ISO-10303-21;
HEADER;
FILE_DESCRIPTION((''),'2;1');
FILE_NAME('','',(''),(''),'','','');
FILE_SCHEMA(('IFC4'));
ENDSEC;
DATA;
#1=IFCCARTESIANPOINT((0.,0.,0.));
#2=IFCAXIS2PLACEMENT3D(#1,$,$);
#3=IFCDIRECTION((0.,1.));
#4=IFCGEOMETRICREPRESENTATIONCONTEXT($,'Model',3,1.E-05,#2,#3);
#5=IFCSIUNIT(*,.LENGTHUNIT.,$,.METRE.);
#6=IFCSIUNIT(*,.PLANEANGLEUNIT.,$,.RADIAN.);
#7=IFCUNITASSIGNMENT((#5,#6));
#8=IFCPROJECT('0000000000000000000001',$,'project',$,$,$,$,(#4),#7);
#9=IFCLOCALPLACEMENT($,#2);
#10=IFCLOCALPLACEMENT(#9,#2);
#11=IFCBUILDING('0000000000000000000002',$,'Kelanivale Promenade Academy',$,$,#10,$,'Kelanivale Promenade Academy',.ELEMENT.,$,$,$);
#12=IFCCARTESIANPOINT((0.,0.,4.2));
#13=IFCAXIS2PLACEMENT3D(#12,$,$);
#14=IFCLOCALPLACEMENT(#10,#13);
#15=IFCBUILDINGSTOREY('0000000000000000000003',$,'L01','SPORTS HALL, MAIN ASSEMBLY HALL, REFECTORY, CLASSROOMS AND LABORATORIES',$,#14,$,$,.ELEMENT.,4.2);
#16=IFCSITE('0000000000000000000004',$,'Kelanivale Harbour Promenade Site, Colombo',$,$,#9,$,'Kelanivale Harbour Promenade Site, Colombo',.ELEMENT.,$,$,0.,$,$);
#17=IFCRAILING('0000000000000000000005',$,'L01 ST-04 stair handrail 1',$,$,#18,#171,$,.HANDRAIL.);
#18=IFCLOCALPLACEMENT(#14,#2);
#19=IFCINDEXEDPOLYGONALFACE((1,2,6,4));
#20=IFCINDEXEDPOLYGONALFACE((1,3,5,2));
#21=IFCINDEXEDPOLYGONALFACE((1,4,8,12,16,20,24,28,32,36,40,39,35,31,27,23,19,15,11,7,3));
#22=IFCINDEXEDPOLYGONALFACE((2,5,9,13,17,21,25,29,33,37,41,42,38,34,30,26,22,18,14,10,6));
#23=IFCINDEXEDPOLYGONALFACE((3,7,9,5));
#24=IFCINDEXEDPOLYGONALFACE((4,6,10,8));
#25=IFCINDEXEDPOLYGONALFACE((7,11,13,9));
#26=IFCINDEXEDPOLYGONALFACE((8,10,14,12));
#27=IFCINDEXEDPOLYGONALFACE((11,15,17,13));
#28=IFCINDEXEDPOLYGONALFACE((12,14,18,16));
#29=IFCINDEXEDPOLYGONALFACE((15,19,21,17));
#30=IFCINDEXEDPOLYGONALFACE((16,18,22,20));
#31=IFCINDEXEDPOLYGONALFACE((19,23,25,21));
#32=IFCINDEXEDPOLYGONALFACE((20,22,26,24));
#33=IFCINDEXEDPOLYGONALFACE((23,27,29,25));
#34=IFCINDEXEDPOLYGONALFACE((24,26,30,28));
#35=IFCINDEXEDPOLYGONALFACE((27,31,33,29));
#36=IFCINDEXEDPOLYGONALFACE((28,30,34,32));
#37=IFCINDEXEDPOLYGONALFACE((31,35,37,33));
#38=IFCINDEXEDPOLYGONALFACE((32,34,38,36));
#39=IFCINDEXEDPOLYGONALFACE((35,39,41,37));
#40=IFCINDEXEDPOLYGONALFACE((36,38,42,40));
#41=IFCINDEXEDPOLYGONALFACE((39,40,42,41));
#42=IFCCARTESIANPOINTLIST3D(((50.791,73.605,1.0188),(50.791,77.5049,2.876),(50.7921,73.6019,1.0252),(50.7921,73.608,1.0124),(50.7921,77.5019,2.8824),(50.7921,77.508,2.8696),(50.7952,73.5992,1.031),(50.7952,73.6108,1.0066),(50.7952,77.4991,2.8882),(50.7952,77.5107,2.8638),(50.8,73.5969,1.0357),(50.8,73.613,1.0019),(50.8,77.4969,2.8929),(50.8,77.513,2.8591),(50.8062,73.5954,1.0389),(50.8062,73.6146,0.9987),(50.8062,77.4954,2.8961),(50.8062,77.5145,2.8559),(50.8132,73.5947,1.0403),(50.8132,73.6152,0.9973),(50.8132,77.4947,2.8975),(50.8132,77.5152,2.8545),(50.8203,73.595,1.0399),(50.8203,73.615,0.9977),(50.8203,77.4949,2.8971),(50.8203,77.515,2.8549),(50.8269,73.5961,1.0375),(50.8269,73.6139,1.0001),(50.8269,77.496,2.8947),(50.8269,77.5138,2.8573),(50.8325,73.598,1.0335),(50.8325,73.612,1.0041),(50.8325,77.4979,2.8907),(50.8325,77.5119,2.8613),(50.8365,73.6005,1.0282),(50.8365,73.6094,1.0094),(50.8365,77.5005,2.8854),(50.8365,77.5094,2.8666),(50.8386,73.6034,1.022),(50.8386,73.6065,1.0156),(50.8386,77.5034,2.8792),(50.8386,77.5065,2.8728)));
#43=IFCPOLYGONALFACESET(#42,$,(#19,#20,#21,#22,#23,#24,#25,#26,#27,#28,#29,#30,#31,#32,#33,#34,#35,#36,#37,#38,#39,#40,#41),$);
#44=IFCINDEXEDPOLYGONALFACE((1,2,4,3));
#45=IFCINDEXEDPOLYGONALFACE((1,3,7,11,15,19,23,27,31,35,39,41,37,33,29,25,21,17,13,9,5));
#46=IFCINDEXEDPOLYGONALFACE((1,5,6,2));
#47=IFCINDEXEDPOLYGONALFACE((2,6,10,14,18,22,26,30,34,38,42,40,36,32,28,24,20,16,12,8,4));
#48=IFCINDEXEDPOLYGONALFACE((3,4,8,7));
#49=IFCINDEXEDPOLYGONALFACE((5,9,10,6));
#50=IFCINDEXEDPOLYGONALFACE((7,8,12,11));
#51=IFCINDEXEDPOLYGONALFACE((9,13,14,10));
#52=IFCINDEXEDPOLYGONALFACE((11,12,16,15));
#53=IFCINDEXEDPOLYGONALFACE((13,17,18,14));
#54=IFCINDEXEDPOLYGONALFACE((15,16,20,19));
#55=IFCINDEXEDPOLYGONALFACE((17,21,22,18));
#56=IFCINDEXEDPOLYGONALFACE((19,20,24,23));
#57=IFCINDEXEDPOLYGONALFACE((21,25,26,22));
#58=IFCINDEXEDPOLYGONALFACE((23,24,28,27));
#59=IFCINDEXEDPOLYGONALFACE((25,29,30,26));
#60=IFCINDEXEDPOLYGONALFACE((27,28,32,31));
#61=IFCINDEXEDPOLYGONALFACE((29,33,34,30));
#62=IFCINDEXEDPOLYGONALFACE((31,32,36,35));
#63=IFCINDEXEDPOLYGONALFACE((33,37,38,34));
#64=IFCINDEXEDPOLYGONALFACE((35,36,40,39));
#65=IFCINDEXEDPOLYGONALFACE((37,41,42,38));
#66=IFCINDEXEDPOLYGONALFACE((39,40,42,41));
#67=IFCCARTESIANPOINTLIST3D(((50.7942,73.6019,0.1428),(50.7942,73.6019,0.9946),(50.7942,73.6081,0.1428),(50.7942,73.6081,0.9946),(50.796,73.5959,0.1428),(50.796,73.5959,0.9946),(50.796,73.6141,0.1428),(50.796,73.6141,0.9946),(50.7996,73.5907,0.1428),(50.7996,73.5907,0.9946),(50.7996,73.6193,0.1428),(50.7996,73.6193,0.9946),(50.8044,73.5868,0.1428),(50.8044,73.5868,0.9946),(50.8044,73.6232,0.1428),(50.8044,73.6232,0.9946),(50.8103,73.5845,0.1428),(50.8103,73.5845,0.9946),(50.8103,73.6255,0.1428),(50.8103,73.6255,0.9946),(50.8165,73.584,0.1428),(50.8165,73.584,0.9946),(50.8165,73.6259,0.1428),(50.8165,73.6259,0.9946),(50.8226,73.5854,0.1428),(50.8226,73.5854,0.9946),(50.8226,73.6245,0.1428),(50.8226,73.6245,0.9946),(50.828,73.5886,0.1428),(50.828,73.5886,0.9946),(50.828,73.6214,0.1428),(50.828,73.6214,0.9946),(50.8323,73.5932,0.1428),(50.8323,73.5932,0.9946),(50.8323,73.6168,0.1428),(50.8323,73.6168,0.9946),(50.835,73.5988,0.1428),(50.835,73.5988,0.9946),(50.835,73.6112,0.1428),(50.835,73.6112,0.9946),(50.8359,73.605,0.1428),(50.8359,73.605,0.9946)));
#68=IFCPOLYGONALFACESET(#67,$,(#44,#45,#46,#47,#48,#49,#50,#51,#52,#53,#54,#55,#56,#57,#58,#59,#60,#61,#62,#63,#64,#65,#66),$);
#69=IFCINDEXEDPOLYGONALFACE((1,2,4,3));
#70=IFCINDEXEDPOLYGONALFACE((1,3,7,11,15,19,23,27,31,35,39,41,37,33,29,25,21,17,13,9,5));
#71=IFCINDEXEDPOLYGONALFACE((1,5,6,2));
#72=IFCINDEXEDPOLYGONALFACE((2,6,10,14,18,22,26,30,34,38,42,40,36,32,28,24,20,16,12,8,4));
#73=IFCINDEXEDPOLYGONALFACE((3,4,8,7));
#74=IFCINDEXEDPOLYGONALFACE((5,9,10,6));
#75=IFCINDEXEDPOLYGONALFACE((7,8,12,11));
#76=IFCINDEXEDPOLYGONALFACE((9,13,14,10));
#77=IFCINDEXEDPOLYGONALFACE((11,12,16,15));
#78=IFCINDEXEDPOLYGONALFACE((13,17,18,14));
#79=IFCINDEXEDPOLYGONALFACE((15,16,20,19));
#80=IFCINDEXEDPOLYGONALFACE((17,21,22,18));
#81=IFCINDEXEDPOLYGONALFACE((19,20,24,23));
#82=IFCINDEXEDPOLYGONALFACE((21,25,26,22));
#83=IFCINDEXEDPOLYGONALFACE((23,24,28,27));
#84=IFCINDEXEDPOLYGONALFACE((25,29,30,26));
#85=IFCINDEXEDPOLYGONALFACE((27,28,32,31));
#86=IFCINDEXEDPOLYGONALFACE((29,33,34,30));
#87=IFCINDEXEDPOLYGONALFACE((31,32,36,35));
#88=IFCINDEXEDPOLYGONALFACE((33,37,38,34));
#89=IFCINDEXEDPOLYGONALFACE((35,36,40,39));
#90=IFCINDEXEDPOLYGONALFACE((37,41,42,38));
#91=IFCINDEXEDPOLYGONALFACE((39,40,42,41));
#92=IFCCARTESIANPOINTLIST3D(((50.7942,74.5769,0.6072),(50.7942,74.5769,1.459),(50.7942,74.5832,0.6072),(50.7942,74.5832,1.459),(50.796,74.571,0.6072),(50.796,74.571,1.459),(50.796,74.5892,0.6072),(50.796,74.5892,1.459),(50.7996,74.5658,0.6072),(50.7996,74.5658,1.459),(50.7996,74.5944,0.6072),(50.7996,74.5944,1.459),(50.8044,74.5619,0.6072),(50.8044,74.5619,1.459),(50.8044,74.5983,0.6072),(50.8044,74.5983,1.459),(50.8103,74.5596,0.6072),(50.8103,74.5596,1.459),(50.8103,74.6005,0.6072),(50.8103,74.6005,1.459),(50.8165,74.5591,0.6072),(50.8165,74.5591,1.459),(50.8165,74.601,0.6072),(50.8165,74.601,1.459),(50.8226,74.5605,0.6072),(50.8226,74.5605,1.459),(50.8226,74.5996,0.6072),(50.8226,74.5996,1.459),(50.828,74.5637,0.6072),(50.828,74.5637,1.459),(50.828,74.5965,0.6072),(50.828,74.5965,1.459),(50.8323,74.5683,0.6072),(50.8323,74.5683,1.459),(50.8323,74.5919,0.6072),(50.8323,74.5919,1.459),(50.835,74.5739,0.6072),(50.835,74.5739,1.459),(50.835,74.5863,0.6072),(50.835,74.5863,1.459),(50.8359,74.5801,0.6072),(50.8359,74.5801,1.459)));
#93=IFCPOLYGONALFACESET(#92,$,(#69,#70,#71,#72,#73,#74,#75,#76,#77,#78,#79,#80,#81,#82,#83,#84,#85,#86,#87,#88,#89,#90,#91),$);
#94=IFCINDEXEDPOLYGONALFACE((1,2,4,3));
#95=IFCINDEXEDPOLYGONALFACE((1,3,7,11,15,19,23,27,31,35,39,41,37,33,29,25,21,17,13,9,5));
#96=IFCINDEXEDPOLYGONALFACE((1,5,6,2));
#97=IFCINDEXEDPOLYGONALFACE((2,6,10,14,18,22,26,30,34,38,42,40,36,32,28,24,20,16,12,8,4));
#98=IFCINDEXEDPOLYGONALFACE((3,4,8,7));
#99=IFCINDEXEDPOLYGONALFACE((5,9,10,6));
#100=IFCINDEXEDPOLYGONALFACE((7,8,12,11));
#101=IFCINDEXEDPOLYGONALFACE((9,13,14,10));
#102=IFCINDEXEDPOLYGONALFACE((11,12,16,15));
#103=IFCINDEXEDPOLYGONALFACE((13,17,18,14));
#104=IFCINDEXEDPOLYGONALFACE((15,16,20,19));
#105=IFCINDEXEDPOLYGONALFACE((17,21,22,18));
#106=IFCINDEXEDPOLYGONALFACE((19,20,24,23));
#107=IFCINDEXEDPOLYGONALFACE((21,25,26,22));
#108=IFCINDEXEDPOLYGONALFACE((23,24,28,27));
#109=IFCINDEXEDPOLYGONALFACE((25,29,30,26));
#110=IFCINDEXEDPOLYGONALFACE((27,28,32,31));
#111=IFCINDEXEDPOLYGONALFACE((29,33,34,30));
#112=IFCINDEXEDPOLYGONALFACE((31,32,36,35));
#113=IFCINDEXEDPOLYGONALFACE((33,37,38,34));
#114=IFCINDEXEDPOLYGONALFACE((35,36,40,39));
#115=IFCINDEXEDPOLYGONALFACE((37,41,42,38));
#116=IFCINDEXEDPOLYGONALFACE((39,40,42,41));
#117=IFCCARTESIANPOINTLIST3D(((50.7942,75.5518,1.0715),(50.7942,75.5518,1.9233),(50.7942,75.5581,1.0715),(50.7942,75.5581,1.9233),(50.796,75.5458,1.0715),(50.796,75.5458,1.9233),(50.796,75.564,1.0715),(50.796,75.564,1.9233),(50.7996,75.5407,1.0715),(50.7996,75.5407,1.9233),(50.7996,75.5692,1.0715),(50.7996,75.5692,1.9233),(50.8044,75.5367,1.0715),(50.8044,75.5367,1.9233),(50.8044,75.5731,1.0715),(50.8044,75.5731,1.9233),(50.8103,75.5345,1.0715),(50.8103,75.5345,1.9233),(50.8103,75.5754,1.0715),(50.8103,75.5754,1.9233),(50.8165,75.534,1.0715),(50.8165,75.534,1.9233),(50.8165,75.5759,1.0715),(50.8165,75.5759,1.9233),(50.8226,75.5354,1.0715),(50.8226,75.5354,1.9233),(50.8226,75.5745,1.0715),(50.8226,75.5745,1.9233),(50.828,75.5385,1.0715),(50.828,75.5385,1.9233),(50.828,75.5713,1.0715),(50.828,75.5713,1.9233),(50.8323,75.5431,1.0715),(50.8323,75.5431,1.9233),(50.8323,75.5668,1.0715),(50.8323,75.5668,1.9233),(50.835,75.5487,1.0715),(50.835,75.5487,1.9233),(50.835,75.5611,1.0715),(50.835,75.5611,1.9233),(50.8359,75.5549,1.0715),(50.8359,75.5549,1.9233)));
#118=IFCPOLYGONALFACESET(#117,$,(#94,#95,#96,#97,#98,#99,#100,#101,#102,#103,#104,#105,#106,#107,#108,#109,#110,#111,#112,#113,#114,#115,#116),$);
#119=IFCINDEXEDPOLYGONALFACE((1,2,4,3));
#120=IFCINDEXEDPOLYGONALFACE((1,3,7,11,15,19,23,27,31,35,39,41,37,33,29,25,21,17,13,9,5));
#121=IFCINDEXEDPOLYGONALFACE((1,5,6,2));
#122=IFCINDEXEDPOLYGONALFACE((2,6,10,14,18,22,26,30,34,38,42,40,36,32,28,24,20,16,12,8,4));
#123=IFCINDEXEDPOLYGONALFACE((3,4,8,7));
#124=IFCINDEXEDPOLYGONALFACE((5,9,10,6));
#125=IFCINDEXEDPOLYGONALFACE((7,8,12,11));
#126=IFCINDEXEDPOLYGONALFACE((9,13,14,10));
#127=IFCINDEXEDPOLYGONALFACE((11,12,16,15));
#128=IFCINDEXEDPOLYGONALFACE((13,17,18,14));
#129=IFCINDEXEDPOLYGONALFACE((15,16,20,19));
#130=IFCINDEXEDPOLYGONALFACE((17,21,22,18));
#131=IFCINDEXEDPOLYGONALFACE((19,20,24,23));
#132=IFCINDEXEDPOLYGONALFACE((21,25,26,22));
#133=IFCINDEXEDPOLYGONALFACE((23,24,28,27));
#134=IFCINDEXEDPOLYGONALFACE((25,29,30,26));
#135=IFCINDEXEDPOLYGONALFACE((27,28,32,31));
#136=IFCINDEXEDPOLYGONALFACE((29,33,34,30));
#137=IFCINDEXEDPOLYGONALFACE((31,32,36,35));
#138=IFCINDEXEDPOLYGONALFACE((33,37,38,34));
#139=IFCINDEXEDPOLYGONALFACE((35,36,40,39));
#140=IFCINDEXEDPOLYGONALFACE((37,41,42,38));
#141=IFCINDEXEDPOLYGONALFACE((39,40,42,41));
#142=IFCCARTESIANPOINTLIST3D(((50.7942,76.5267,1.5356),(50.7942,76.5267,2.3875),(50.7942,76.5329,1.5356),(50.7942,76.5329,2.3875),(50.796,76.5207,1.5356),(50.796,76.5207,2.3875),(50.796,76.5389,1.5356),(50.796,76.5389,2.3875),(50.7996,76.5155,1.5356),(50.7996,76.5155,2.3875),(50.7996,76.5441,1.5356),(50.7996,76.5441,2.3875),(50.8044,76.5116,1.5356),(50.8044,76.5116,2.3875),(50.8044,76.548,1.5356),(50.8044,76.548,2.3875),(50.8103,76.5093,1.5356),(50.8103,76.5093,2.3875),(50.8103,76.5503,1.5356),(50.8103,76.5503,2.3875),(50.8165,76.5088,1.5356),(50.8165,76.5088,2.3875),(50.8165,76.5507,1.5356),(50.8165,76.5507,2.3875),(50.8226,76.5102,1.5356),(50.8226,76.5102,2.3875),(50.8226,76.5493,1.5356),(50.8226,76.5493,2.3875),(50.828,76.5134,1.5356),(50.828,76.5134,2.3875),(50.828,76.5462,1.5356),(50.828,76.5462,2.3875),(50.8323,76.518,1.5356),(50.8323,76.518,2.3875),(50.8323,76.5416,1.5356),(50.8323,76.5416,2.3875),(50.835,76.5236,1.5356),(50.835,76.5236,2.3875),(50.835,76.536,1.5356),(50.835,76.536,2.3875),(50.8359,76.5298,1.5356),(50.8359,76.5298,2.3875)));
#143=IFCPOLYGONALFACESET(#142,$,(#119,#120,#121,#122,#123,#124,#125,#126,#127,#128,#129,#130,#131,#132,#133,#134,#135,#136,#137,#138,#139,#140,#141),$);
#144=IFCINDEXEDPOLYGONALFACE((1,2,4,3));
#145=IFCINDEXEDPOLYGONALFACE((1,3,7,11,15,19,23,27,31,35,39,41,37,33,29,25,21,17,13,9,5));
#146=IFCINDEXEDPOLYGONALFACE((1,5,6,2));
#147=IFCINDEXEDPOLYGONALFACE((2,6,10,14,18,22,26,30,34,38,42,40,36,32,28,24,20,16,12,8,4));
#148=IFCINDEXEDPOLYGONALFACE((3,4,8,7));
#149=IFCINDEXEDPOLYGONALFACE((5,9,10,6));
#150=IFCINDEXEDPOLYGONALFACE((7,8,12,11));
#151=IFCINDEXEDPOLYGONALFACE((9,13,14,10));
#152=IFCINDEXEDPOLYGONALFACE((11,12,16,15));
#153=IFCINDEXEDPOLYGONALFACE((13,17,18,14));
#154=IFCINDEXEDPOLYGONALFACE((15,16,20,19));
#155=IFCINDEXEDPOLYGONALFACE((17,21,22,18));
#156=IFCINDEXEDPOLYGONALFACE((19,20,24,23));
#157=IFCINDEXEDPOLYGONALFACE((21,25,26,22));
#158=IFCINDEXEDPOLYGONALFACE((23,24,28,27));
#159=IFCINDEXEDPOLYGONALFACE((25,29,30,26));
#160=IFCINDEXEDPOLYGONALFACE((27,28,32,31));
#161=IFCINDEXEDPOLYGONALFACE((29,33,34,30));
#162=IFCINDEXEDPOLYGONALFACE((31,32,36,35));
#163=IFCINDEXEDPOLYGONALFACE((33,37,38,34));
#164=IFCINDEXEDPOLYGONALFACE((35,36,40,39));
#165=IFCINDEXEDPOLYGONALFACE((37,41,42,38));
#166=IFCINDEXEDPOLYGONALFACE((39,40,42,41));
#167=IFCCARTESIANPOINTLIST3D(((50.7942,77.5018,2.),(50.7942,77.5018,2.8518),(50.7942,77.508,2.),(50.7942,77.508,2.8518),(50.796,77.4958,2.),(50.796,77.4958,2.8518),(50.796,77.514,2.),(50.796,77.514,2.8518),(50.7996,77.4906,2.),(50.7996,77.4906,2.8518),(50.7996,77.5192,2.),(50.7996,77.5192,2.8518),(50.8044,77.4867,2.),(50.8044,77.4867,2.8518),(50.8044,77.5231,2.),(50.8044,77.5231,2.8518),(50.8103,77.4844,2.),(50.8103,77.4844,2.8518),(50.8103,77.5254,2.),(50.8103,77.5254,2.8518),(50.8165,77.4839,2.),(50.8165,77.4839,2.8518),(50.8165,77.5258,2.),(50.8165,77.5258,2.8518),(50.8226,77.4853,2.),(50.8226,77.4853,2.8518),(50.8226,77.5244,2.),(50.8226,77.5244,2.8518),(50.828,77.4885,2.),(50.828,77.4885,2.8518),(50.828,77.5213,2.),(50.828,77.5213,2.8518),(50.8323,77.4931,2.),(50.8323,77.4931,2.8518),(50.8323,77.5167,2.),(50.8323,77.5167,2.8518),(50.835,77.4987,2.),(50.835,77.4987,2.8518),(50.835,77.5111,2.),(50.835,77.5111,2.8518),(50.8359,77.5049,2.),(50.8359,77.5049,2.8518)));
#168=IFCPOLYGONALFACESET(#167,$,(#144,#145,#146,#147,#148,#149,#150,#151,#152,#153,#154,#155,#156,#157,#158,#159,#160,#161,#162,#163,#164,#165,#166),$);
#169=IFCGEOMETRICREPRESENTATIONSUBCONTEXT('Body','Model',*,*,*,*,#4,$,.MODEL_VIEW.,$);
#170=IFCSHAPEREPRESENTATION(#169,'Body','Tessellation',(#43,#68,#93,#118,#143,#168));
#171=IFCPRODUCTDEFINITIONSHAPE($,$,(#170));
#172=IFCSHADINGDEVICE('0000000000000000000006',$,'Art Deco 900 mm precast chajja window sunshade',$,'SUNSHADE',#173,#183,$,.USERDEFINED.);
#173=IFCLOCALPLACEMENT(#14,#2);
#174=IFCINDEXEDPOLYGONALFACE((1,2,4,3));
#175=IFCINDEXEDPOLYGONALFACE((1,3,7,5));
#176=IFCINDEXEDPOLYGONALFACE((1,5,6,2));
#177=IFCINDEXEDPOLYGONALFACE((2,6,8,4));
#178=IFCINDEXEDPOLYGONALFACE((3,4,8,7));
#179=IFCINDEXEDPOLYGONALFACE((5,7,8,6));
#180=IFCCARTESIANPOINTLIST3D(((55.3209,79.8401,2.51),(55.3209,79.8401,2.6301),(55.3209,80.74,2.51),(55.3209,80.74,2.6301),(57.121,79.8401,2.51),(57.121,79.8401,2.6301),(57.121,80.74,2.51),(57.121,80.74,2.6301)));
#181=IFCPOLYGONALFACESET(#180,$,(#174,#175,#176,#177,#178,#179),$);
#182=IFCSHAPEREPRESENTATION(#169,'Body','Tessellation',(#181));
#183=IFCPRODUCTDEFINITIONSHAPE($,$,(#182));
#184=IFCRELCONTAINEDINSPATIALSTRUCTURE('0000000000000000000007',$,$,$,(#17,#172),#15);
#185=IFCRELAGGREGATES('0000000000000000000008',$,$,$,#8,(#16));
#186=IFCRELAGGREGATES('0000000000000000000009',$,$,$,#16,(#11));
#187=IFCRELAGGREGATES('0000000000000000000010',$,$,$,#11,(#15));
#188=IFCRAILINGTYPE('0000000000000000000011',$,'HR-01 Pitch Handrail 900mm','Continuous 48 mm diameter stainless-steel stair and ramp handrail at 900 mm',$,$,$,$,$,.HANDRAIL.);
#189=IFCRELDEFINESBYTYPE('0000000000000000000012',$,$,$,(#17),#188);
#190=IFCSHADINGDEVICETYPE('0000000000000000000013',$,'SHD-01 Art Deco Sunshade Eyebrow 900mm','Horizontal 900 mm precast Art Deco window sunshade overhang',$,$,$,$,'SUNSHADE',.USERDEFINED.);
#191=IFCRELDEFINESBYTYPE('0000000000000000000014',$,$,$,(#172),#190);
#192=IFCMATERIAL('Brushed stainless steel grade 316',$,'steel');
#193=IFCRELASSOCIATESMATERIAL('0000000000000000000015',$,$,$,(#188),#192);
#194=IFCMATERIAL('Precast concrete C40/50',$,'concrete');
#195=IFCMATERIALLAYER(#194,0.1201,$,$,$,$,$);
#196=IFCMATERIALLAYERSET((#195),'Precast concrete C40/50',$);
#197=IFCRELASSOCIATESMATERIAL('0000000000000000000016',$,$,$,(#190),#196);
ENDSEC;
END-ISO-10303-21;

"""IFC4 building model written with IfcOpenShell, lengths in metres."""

from ifc_helpers import new_model, si_unit, direction, frame, origin, origin_2d, place, context, subcontext, project, spatial, rectangle, circle, extrude, material, layer, layer_set, type_object, element, save


model = new_model("IFC4")

# Units and contexts
model_context = context("Model", 3, precision=1e-05, world=origin(), true_north=direction((0.0, 1.0)))
body_context = subcontext(model_context, "Body", "Model", "MODEL_VIEW")
ifc_project = project(units=[si_unit("LENGTHUNIT", "METRE"), si_unit("PLANEANGLEUNIT", "RADIAN")], contexts=[model_context])

# Site, building, storey
site_placement = place(None, origin())
site = spatial("IfcSite", under=ifc_project, at=site_placement, Name="Kelanivale Harbour Promenade Site, Colombo", LongName="Kelanivale Harbour Promenade Site, Colombo", CompositionType="ELEMENT", RefElevation=0.0)
building_placement = place(site_placement, origin())
building = spatial("IfcBuilding", under=site, at=building_placement, Name="Kelanivale Promenade Academy", LongName="Kelanivale Promenade Academy", CompositionType="ELEMENT")
storey_placement = place(building_placement, frame((0.0, 0.0, 4.2)))
storey = spatial("IfcBuildingStorey", under=building, at=storey_placement, Name="L01", Description="SPORTS HALL, MAIN ASSEMBLY HALL, REFECTORY, CLASSROOMS AND LABORATORIES", CompositionType="ELEMENT", Elevation=4.2)

# Railing
ifc_material_1 = material(Name="Brushed stainless steel grade 316", Category="steel")
railing_type_1 = type_object("IfcRailingType", Name="HR-01 Pitch Handrail 900mm", Description="Continuous 48 mm diameter stainless-steel stair and ramp handrail at 900 mm", PredefinedType="HANDRAIL", material=ifc_material_1)
railing_1_placement = place(storey_placement, frame((50.8149, 73.605, 0.1428)))
element("IfcRailing", 1, at=railing_1_placement, inside=storey, type_object=railing_type_1, Name="L01 ST-04 stair handrail 1", PredefinedType="HANDRAIL", context=body_context, shape_type="SweptSolid", body=[
    extrude(circle(Radius=0.0239, at=origin_2d()), frame((0.0, 0.0, 0.876), z_axis=(0.0, 0.902853, 0.429949), x_axis=(-1.0, 0.0, 0.0)), (0.0, 0.0, 1.0), 4.3196),
    extrude(circle(Radius=0.021, at=origin_2d()), origin(), (0.0, 0.0, 1.0), 0.8518),
    extrude(circle(Radius=0.021, at=origin_2d()), frame((0.0, 0.9751, 0.4644)), (0.0, 0.0, 1.0), 0.8518),
    extrude(circle(Radius=0.021, at=origin_2d()), frame((0.0, 1.95, 0.9287)), (0.0, 0.0, 1.0), 0.8518),
    extrude(circle(Radius=0.021, at=origin_2d()), frame((0.0, 2.9248, 1.3928)), (0.0, 0.0, 1.0), 0.8518),
    extrude(circle(Radius=0.021, at=origin_2d()), frame((0.0, 3.8999, 1.8572)), (0.0, 0.0, 1.0), 0.8518),
])

# Shading device
ifc_material_2 = material(Name="Precast concrete C40/50", Category="concrete")
ifc_layer_1 = layer(ifc_material_2, 0.1201)
ifc_layer_set_1 = layer_set([ifc_layer_1], Name="Precast concrete C40/50")
shading_device_type = type_object("IfcShadingDeviceType", Name="SHD-01 Art Deco Sunshade Eyebrow 900mm", Description="Horizontal 900 mm precast Art Deco window sunshade overhang", ElementType="SUNSHADE", PredefinedType="USERDEFINED", material=ifc_layer_set_1)
shading_device_placement = place(storey_placement, frame((56.2209, 80.29, 2.51), z_axis=(0.0, 0.0, 1.0), x_axis=(-1.0, 0.0, 0.0)))
element("IfcShadingDevice", 2, at=shading_device_placement, inside=storey, type_object=shading_device_type, Name="Art Deco 900 mm precast chajja window sunshade", ObjectType="SUNSHADE", PredefinedType="USERDEFINED", context=body_context, shape_type="SweptSolid", body=[
    extrude(rectangle(XDim=1.8, YDim=0.8999, at=origin_2d()), origin(), (0.0, 0.0, 1.0), 0.1201),
])

save(model, "model.ifc")
